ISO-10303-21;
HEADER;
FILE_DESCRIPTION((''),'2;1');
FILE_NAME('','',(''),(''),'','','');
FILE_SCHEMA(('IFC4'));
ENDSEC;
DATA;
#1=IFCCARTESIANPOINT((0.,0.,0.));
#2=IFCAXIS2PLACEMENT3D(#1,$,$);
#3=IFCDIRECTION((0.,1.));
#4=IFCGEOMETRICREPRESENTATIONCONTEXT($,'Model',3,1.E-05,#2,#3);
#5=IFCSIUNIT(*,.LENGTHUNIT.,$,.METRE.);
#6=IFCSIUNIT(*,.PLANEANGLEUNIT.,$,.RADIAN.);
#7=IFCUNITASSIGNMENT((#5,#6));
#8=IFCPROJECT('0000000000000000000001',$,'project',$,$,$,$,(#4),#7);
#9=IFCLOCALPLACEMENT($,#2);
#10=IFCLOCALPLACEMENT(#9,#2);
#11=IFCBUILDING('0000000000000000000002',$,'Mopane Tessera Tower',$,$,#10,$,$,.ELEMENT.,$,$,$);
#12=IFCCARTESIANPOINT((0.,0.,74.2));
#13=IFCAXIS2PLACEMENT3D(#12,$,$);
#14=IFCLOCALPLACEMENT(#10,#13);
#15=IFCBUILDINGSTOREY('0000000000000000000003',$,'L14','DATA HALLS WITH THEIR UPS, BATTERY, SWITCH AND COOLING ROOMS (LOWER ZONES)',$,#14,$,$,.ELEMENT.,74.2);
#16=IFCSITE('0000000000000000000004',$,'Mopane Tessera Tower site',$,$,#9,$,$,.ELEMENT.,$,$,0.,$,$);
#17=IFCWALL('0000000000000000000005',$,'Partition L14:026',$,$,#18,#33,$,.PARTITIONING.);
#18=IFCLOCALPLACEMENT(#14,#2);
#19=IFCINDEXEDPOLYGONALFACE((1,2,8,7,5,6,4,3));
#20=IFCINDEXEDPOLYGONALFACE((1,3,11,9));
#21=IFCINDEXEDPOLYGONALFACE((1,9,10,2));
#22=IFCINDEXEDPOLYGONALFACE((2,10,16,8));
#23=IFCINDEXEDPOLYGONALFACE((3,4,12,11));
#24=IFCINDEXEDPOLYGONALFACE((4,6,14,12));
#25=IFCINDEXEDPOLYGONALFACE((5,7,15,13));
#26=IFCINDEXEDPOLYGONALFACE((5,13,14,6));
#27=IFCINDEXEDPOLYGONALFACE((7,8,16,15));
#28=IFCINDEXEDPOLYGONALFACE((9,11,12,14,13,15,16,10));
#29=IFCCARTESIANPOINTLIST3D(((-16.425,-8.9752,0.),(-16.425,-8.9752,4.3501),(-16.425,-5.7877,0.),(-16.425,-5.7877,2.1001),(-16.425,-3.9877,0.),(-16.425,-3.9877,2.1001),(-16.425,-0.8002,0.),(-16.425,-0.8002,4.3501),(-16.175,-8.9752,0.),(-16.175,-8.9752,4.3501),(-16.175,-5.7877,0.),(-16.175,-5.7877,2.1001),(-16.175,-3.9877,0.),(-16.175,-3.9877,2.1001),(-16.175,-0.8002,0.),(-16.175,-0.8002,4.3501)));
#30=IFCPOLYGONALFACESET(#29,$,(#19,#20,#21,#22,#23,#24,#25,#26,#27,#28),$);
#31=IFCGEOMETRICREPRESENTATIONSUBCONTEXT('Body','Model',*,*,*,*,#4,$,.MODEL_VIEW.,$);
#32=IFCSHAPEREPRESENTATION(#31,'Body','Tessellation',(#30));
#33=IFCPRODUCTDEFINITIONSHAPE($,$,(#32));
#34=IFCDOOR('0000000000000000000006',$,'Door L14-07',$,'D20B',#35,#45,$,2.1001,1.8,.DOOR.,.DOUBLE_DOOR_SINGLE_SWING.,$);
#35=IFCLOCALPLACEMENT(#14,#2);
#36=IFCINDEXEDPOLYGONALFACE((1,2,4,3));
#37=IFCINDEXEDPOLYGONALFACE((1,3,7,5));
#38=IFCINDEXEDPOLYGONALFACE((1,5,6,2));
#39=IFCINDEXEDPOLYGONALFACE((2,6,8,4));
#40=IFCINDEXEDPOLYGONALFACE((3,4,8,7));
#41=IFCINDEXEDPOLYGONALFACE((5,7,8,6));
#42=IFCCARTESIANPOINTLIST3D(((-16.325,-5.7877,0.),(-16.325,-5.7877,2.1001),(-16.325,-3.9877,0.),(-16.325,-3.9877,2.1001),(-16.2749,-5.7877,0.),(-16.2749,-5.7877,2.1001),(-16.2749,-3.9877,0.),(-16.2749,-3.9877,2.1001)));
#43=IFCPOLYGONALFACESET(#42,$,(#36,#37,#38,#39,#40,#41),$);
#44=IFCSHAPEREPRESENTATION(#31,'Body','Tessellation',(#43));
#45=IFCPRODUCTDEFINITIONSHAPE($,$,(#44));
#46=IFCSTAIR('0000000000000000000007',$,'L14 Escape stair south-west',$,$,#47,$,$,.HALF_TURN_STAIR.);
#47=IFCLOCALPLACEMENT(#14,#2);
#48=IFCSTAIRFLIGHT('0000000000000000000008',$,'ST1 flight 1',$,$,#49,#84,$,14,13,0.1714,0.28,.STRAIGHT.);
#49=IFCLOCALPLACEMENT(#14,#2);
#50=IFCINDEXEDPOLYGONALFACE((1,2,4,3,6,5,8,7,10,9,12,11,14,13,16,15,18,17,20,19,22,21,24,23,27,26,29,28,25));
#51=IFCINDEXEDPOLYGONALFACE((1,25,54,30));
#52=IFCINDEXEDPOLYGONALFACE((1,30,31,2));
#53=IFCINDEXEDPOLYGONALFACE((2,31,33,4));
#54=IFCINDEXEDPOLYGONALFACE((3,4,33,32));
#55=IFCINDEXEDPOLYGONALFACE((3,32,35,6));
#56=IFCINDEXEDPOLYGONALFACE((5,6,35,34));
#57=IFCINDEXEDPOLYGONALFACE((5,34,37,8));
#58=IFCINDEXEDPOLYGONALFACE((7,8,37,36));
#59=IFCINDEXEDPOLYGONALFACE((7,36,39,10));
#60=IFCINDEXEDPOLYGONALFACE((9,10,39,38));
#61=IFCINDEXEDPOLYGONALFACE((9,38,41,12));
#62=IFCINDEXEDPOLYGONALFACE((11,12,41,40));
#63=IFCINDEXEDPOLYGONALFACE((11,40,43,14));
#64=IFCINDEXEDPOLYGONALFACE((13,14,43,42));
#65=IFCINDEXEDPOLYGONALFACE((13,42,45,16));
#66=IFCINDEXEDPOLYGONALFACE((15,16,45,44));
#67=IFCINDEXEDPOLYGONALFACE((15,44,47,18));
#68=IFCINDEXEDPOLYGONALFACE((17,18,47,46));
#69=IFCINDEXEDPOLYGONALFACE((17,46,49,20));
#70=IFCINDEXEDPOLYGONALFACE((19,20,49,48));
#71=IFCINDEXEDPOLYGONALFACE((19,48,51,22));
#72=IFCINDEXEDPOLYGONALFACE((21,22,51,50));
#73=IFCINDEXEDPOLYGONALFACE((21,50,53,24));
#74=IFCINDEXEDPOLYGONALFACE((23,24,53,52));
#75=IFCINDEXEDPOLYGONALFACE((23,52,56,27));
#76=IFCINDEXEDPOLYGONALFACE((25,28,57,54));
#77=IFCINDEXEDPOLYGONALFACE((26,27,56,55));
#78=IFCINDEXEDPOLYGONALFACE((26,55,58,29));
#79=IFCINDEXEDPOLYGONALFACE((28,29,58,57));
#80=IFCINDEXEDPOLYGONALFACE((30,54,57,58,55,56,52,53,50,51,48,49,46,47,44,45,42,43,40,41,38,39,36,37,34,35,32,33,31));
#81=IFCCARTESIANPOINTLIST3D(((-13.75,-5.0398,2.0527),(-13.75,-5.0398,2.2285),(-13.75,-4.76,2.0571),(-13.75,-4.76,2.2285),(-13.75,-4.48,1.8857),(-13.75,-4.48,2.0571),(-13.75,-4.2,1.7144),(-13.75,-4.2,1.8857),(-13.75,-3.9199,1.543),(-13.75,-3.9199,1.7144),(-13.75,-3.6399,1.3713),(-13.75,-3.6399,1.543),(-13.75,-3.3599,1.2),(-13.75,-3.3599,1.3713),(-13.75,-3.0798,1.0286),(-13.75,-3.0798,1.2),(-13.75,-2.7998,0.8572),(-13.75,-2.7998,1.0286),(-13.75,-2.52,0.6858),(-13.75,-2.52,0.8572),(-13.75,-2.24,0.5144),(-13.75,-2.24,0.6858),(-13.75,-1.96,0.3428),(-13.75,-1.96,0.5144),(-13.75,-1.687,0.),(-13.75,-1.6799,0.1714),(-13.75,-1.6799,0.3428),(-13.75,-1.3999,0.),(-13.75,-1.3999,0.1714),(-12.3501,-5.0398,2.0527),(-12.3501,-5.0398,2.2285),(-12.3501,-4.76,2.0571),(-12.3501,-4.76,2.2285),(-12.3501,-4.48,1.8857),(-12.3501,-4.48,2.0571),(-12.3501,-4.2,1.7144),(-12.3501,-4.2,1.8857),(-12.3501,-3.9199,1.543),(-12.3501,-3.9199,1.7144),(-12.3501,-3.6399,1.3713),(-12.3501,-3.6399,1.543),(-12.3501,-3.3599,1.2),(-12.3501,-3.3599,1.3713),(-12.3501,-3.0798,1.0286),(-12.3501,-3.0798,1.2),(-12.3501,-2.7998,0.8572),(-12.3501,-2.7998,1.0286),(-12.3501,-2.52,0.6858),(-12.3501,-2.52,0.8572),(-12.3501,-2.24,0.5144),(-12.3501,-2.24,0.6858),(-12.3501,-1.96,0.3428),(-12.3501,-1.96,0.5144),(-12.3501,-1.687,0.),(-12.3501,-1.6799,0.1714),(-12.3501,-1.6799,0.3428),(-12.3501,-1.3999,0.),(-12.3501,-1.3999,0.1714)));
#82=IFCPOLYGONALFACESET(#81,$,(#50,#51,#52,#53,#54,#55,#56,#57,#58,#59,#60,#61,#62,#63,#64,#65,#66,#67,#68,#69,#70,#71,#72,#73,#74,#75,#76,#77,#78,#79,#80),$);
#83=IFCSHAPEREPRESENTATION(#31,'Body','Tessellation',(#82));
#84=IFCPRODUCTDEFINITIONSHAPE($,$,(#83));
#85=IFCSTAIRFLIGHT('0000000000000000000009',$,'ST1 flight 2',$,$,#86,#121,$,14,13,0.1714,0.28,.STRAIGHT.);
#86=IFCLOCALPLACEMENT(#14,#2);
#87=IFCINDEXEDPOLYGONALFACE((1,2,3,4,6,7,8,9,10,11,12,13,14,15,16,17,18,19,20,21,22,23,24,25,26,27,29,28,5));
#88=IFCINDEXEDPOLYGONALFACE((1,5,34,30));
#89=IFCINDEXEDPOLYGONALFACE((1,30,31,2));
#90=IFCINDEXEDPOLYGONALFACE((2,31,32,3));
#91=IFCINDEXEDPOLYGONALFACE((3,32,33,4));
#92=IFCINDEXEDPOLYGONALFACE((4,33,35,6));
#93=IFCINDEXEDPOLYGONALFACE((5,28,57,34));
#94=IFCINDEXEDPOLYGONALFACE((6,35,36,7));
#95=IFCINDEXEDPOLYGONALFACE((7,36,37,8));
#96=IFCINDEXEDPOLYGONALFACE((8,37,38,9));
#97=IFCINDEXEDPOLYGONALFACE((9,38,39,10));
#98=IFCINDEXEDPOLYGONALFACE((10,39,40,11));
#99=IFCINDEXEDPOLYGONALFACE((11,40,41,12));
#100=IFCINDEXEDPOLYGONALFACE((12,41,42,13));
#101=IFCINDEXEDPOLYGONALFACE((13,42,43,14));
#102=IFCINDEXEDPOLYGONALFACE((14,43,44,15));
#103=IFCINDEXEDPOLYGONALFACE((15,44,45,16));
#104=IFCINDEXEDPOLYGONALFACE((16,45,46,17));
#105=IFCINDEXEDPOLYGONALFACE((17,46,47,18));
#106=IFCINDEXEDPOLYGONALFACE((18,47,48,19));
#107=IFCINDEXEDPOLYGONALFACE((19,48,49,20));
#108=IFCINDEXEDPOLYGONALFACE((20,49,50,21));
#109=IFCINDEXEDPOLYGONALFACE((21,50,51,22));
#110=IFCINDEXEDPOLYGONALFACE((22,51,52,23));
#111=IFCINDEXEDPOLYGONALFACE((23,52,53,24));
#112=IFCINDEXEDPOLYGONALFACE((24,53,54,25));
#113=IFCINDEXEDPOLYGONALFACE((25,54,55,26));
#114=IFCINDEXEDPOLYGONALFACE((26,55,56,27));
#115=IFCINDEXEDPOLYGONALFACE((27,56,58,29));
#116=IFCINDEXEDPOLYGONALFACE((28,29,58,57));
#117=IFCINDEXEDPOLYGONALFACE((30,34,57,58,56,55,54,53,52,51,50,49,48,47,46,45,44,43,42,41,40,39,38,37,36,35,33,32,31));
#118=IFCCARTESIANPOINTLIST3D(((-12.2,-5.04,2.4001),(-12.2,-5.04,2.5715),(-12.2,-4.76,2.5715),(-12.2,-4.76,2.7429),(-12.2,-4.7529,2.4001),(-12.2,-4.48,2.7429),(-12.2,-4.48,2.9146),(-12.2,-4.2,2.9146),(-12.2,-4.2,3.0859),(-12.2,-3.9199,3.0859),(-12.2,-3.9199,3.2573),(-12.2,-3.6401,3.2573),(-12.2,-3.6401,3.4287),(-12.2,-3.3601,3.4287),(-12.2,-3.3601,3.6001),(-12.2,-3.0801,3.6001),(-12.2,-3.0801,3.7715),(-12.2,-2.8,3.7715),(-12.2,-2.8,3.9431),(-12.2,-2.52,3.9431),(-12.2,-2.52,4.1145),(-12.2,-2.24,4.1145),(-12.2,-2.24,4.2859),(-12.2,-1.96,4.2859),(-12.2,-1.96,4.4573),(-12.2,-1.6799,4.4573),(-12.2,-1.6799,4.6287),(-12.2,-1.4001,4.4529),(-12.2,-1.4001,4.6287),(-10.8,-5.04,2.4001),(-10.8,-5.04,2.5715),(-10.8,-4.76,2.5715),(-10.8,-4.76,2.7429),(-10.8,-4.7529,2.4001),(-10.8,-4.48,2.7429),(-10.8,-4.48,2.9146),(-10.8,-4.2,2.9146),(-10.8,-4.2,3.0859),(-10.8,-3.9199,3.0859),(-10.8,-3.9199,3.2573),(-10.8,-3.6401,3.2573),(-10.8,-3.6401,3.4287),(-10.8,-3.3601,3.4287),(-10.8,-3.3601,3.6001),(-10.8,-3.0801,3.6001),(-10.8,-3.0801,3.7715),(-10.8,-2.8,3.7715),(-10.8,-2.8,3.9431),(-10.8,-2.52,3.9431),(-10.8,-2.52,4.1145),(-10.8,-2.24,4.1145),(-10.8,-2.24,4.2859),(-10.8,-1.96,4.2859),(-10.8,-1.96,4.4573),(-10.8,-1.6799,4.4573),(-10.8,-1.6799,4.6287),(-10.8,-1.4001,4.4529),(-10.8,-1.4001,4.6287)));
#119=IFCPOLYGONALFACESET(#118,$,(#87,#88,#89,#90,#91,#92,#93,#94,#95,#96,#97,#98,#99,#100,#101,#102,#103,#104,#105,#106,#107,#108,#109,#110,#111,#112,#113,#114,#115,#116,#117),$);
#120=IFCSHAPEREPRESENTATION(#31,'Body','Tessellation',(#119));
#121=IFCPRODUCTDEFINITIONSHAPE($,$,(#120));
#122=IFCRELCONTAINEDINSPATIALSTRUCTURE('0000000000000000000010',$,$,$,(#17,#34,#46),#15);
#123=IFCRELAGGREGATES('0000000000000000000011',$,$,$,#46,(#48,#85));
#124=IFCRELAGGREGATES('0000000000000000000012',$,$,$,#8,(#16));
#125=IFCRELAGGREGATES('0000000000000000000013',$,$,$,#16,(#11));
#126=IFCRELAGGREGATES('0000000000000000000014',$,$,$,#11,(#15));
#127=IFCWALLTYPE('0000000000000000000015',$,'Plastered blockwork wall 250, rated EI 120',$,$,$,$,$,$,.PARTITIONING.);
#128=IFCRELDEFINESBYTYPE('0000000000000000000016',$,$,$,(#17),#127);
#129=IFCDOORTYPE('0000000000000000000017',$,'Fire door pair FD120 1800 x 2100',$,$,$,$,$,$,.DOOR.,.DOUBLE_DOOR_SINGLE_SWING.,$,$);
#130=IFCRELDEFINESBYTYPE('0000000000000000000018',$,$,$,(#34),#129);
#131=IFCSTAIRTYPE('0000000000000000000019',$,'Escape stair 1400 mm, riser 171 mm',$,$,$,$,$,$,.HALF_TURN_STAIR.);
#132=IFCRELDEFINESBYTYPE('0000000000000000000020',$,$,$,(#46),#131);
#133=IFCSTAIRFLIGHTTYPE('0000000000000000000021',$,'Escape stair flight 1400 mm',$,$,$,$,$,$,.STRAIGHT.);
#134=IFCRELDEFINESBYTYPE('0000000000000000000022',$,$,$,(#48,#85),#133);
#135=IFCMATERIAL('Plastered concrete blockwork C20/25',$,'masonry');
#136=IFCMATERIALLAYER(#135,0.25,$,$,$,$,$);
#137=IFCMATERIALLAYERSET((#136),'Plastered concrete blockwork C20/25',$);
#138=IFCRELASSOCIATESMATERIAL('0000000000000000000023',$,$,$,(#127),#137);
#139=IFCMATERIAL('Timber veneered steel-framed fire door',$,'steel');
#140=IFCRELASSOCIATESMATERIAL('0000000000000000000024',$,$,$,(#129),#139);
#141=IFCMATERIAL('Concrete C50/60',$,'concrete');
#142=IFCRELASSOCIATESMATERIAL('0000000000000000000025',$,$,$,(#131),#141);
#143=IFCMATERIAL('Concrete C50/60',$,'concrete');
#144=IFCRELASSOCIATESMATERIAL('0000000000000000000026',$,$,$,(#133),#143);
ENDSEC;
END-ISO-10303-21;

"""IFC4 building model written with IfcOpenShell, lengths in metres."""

from ifc_helpers import new_model, si_unit, direction, frame, frame_2d, origin, place, context, subcontext, project, spatial, polyline, rectangle, outline, extrude, material, layer, layer_set, type_object, element, fill, aggregate, save


model = new_model("IFC4")

# Units and contexts
model_context = context("Model", 3, precision=1e-05, world=origin(), true_north=direction((0.0, 1.0)))
body_context = subcontext(model_context, "Body", "Model", "MODEL_VIEW")
ifc_project = project(units=[si_unit("LENGTHUNIT", "METRE"), si_unit("PLANEANGLEUNIT", "RADIAN")], contexts=[model_context])

# Site, building, storey
site_placement = place(None, origin())
site = spatial("IfcSite", under=ifc_project, at=site_placement, Name="Mopane Tessera Tower site", CompositionType="ELEMENT", RefElevation=0.0)
building_placement = place(site_placement, origin())
building = spatial("IfcBuilding", under=site, at=building_placement, Name="Mopane Tessera Tower", CompositionType="ELEMENT")
storey_placement = place(building_placement, frame((0.0, 0.0, 74.2)))
storey = spatial("IfcBuildingStorey", under=building, at=storey_placement, Name="L14", Description="DATA HALLS WITH THEIR UPS, BATTERY, SWITCH AND COOLING ROOMS (LOWER ZONES)", CompositionType="ELEMENT", Elevation=74.2)

# Wall, opening, door
ifc_material_1 = material(Name="Plastered concrete blockwork C20/25", Category="masonry")
ifc_layer_1 = layer(ifc_material_1, 0.25)
ifc_layer_set_1 = layer_set([ifc_layer_1], Name="Plastered concrete blockwork C20/25")
wall_type_1 = type_object("IfcWallType", Name="Plastered blockwork wall 250, rated EI 120", PredefinedType="PARTITIONING", material=ifc_layer_set_1)
wall_1_placement = place(storey_placement, frame((-16.3, -8.9751, 0.0), z_axis=(0.0, 0.0, 1.0), x_axis=(0.0, 1.0, 0.0)))
wall_1 = element("IfcWall", 1, at=wall_1_placement, inside=storey, type_object=wall_type_1, Name="Partition L14:026", PredefinedType="PARTITIONING", context=body_context, shape_type="SweptSolid", body=[
    extrude(rectangle(XDim=8.175, YDim=0.25, at=frame_2d((4.0874, 0.0))), origin(), (0.0, 0.0, 1.0), 4.3501),
])
opening_1_placement = place(wall_1_placement, frame((3.1875, 0.0, 0.0)))
opening_1 = element("IfcOpeningElement", 2, at=opening_1_placement, cuts=wall_1, PredefinedType="OPENING", context=body_context, shape_type="SweptSolid", body=[
    extrude(rectangle(XDim=1.8, YDim=2.1001, at=frame_2d((0.8999, 1.05))), frame((0.0, 0.137, 0.0), z_axis=(0.0, -1.0, 0.0), x_axis=(1.0, 0.0, 0.0)), (0.0, 0.0, 1.0), 0.2739),
])
ifc_material_2 = material(Name="Timber veneered steel-framed fire door", Category="steel")
door_type_1 = type_object("IfcDoorType", Name="Fire door pair FD120 1800 x 2100", OperationType="DOUBLE_DOOR_SINGLE_SWING", PredefinedType="DOOR", material=ifc_material_2)
door_1_placement = place(opening_1_placement, origin())
door_1 = element("IfcDoor", 3, at=door_1_placement, inside=storey, type_object=door_type_1, Name="Door L14-07", ObjectType="D20B", OperationType="DOUBLE_DOOR_SINGLE_SWING", OverallHeight=2.1001, OverallWidth=1.8, PredefinedType="DOOR", context=body_context, shape_type="SweptSolid", body=[
    extrude(rectangle(XDim=1.8, YDim=2.1001, at=frame_2d((0.8999, 1.05))), frame((0.0, 0.0249, 0.0), z_axis=(0.0, -1.0, 0.0), x_axis=(1.0, 0.0, 0.0)), (0.0, 0.0, 1.0), 0.05),
])
fill(opening_1, door_1)

# Stair, stair flights
ifc_material_3 = material(Name="Concrete C50/60", Category="concrete")
stair_type = type_object("IfcStairType", Name="Escape stair 1400 mm, riser 171 mm", PredefinedType="HALF_TURN_STAIR", material=ifc_material_3)
stair_placement = place(storey_placement, origin())
stair = element("IfcStair", 4, at=stair_placement, inside=storey, type_object=stair_type, Name="L14 Escape stair south-west", PredefinedType="HALF_TURN_STAIR")
ifc_material_4 = material(Name="Concrete C50/60", Category="concrete")
stair_flight_type = type_object("IfcStairFlightType", Name="Escape stair flight 1400 mm", PredefinedType="STRAIGHT", material=ifc_material_4)
stair_flight_1_placement = place(storey_placement, frame((-13.05, -1.3999, 0.0), z_axis=(0.0, 0.0, 1.0), x_axis=(0.0, -1.0, 0.0)))
stair_flight_1 = element("IfcStairFlight", 5, at=stair_flight_1_placement, type_object=stair_flight_type, Name="ST1 flight 1", NumberOfRisers=14, NumberOfTreads=13, PredefinedType="STRAIGHT", RiserHeight=0.1714, TreadLength=0.28, context=body_context, shape_type="SweptSolid", body=[
    extrude(outline(polyline([(0.0, 0.0), (0.0, 0.1714), (0.28, 0.1714), (0.28, 0.3428), (0.5601, 0.3428), (0.5601, 0.5144), (0.8401, 0.5144), (0.8401, 0.6858), (1.1201, 0.6858), (1.1201, 0.8572), (1.3999, 0.8572), (1.3999, 1.0286), (1.6799, 1.0286), (1.6799, 1.2), (1.96, 1.2), (1.96, 1.3713), (2.24, 1.3713), (2.24, 1.543), (2.52, 1.543), (2.52, 1.7144), (2.8, 1.7144), (2.8, 1.8857), (3.0801, 1.8857), (3.0801, 2.0571), (3.3601, 2.0571), (3.3601, 2.2285), (3.6399, 2.2285), (3.6399, 2.3999), (3.6399, 2.0527), (0.2871, 0.0), (0.0, 0.0)])), frame((0.0, 0.7, 0.0), z_axis=(0.0, -1.0, 0.0), x_axis=(1.0, 0.0, 0.0)), (0.0, 0.0, 1.0), 1.3999),
])
stair_flight_2_placement = place(storey_placement, frame((-11.5, -5.04, 2.4001), z_axis=(0.0, 0.0, 1.0), x_axis=(0.0, 1.0, 0.0)))
stair_flight_2 = element("IfcStairFlight", 6, at=stair_flight_2_placement, type_object=stair_flight_type, Name="ST1 flight 2", NumberOfRisers=14, NumberOfTreads=13, PredefinedType="STRAIGHT", RiserHeight=0.1714, TreadLength=0.28, context=body_context, shape_type="SweptSolid", body=[
    extrude(outline(polyline([(0.0, 0.0), (0.0, 0.1714), (0.28, 0.1714), (0.28, 0.3428), (0.5601, 0.3428), (0.5601, 0.5144), (0.8401, 0.5144), (0.8401, 0.6858), (1.1201, 0.6858), (1.1201, 0.8572), (1.3999, 0.8572), (1.3999, 1.0286), (1.6799, 1.0286), (1.6799, 1.2), (1.96, 1.2), (1.96, 1.3713), (2.24, 1.3713), (2.24, 1.543), (2.52, 1.543), (2.52, 1.7144), (2.8, 1.7144), (2.8, 1.8857), (3.0801, 1.8857), (3.0801, 2.0571), (3.3601, 2.0571), (3.3601, 2.2285), (3.6399, 2.2285), (3.6399, 2.3999), (3.6399, 2.0527), (0.2871, 0.0), (0.0, 0.0)])), frame((0.0, 0.7, 0.0), z_axis=(0.0, -1.0, 0.0), x_axis=(1.0, 0.0, 0.0)), (0.0, 0.0, 1.0), 1.3999),
])
aggregate(stair, [stair_flight_1, stair_flight_2])

save(model, "model.ifc")
